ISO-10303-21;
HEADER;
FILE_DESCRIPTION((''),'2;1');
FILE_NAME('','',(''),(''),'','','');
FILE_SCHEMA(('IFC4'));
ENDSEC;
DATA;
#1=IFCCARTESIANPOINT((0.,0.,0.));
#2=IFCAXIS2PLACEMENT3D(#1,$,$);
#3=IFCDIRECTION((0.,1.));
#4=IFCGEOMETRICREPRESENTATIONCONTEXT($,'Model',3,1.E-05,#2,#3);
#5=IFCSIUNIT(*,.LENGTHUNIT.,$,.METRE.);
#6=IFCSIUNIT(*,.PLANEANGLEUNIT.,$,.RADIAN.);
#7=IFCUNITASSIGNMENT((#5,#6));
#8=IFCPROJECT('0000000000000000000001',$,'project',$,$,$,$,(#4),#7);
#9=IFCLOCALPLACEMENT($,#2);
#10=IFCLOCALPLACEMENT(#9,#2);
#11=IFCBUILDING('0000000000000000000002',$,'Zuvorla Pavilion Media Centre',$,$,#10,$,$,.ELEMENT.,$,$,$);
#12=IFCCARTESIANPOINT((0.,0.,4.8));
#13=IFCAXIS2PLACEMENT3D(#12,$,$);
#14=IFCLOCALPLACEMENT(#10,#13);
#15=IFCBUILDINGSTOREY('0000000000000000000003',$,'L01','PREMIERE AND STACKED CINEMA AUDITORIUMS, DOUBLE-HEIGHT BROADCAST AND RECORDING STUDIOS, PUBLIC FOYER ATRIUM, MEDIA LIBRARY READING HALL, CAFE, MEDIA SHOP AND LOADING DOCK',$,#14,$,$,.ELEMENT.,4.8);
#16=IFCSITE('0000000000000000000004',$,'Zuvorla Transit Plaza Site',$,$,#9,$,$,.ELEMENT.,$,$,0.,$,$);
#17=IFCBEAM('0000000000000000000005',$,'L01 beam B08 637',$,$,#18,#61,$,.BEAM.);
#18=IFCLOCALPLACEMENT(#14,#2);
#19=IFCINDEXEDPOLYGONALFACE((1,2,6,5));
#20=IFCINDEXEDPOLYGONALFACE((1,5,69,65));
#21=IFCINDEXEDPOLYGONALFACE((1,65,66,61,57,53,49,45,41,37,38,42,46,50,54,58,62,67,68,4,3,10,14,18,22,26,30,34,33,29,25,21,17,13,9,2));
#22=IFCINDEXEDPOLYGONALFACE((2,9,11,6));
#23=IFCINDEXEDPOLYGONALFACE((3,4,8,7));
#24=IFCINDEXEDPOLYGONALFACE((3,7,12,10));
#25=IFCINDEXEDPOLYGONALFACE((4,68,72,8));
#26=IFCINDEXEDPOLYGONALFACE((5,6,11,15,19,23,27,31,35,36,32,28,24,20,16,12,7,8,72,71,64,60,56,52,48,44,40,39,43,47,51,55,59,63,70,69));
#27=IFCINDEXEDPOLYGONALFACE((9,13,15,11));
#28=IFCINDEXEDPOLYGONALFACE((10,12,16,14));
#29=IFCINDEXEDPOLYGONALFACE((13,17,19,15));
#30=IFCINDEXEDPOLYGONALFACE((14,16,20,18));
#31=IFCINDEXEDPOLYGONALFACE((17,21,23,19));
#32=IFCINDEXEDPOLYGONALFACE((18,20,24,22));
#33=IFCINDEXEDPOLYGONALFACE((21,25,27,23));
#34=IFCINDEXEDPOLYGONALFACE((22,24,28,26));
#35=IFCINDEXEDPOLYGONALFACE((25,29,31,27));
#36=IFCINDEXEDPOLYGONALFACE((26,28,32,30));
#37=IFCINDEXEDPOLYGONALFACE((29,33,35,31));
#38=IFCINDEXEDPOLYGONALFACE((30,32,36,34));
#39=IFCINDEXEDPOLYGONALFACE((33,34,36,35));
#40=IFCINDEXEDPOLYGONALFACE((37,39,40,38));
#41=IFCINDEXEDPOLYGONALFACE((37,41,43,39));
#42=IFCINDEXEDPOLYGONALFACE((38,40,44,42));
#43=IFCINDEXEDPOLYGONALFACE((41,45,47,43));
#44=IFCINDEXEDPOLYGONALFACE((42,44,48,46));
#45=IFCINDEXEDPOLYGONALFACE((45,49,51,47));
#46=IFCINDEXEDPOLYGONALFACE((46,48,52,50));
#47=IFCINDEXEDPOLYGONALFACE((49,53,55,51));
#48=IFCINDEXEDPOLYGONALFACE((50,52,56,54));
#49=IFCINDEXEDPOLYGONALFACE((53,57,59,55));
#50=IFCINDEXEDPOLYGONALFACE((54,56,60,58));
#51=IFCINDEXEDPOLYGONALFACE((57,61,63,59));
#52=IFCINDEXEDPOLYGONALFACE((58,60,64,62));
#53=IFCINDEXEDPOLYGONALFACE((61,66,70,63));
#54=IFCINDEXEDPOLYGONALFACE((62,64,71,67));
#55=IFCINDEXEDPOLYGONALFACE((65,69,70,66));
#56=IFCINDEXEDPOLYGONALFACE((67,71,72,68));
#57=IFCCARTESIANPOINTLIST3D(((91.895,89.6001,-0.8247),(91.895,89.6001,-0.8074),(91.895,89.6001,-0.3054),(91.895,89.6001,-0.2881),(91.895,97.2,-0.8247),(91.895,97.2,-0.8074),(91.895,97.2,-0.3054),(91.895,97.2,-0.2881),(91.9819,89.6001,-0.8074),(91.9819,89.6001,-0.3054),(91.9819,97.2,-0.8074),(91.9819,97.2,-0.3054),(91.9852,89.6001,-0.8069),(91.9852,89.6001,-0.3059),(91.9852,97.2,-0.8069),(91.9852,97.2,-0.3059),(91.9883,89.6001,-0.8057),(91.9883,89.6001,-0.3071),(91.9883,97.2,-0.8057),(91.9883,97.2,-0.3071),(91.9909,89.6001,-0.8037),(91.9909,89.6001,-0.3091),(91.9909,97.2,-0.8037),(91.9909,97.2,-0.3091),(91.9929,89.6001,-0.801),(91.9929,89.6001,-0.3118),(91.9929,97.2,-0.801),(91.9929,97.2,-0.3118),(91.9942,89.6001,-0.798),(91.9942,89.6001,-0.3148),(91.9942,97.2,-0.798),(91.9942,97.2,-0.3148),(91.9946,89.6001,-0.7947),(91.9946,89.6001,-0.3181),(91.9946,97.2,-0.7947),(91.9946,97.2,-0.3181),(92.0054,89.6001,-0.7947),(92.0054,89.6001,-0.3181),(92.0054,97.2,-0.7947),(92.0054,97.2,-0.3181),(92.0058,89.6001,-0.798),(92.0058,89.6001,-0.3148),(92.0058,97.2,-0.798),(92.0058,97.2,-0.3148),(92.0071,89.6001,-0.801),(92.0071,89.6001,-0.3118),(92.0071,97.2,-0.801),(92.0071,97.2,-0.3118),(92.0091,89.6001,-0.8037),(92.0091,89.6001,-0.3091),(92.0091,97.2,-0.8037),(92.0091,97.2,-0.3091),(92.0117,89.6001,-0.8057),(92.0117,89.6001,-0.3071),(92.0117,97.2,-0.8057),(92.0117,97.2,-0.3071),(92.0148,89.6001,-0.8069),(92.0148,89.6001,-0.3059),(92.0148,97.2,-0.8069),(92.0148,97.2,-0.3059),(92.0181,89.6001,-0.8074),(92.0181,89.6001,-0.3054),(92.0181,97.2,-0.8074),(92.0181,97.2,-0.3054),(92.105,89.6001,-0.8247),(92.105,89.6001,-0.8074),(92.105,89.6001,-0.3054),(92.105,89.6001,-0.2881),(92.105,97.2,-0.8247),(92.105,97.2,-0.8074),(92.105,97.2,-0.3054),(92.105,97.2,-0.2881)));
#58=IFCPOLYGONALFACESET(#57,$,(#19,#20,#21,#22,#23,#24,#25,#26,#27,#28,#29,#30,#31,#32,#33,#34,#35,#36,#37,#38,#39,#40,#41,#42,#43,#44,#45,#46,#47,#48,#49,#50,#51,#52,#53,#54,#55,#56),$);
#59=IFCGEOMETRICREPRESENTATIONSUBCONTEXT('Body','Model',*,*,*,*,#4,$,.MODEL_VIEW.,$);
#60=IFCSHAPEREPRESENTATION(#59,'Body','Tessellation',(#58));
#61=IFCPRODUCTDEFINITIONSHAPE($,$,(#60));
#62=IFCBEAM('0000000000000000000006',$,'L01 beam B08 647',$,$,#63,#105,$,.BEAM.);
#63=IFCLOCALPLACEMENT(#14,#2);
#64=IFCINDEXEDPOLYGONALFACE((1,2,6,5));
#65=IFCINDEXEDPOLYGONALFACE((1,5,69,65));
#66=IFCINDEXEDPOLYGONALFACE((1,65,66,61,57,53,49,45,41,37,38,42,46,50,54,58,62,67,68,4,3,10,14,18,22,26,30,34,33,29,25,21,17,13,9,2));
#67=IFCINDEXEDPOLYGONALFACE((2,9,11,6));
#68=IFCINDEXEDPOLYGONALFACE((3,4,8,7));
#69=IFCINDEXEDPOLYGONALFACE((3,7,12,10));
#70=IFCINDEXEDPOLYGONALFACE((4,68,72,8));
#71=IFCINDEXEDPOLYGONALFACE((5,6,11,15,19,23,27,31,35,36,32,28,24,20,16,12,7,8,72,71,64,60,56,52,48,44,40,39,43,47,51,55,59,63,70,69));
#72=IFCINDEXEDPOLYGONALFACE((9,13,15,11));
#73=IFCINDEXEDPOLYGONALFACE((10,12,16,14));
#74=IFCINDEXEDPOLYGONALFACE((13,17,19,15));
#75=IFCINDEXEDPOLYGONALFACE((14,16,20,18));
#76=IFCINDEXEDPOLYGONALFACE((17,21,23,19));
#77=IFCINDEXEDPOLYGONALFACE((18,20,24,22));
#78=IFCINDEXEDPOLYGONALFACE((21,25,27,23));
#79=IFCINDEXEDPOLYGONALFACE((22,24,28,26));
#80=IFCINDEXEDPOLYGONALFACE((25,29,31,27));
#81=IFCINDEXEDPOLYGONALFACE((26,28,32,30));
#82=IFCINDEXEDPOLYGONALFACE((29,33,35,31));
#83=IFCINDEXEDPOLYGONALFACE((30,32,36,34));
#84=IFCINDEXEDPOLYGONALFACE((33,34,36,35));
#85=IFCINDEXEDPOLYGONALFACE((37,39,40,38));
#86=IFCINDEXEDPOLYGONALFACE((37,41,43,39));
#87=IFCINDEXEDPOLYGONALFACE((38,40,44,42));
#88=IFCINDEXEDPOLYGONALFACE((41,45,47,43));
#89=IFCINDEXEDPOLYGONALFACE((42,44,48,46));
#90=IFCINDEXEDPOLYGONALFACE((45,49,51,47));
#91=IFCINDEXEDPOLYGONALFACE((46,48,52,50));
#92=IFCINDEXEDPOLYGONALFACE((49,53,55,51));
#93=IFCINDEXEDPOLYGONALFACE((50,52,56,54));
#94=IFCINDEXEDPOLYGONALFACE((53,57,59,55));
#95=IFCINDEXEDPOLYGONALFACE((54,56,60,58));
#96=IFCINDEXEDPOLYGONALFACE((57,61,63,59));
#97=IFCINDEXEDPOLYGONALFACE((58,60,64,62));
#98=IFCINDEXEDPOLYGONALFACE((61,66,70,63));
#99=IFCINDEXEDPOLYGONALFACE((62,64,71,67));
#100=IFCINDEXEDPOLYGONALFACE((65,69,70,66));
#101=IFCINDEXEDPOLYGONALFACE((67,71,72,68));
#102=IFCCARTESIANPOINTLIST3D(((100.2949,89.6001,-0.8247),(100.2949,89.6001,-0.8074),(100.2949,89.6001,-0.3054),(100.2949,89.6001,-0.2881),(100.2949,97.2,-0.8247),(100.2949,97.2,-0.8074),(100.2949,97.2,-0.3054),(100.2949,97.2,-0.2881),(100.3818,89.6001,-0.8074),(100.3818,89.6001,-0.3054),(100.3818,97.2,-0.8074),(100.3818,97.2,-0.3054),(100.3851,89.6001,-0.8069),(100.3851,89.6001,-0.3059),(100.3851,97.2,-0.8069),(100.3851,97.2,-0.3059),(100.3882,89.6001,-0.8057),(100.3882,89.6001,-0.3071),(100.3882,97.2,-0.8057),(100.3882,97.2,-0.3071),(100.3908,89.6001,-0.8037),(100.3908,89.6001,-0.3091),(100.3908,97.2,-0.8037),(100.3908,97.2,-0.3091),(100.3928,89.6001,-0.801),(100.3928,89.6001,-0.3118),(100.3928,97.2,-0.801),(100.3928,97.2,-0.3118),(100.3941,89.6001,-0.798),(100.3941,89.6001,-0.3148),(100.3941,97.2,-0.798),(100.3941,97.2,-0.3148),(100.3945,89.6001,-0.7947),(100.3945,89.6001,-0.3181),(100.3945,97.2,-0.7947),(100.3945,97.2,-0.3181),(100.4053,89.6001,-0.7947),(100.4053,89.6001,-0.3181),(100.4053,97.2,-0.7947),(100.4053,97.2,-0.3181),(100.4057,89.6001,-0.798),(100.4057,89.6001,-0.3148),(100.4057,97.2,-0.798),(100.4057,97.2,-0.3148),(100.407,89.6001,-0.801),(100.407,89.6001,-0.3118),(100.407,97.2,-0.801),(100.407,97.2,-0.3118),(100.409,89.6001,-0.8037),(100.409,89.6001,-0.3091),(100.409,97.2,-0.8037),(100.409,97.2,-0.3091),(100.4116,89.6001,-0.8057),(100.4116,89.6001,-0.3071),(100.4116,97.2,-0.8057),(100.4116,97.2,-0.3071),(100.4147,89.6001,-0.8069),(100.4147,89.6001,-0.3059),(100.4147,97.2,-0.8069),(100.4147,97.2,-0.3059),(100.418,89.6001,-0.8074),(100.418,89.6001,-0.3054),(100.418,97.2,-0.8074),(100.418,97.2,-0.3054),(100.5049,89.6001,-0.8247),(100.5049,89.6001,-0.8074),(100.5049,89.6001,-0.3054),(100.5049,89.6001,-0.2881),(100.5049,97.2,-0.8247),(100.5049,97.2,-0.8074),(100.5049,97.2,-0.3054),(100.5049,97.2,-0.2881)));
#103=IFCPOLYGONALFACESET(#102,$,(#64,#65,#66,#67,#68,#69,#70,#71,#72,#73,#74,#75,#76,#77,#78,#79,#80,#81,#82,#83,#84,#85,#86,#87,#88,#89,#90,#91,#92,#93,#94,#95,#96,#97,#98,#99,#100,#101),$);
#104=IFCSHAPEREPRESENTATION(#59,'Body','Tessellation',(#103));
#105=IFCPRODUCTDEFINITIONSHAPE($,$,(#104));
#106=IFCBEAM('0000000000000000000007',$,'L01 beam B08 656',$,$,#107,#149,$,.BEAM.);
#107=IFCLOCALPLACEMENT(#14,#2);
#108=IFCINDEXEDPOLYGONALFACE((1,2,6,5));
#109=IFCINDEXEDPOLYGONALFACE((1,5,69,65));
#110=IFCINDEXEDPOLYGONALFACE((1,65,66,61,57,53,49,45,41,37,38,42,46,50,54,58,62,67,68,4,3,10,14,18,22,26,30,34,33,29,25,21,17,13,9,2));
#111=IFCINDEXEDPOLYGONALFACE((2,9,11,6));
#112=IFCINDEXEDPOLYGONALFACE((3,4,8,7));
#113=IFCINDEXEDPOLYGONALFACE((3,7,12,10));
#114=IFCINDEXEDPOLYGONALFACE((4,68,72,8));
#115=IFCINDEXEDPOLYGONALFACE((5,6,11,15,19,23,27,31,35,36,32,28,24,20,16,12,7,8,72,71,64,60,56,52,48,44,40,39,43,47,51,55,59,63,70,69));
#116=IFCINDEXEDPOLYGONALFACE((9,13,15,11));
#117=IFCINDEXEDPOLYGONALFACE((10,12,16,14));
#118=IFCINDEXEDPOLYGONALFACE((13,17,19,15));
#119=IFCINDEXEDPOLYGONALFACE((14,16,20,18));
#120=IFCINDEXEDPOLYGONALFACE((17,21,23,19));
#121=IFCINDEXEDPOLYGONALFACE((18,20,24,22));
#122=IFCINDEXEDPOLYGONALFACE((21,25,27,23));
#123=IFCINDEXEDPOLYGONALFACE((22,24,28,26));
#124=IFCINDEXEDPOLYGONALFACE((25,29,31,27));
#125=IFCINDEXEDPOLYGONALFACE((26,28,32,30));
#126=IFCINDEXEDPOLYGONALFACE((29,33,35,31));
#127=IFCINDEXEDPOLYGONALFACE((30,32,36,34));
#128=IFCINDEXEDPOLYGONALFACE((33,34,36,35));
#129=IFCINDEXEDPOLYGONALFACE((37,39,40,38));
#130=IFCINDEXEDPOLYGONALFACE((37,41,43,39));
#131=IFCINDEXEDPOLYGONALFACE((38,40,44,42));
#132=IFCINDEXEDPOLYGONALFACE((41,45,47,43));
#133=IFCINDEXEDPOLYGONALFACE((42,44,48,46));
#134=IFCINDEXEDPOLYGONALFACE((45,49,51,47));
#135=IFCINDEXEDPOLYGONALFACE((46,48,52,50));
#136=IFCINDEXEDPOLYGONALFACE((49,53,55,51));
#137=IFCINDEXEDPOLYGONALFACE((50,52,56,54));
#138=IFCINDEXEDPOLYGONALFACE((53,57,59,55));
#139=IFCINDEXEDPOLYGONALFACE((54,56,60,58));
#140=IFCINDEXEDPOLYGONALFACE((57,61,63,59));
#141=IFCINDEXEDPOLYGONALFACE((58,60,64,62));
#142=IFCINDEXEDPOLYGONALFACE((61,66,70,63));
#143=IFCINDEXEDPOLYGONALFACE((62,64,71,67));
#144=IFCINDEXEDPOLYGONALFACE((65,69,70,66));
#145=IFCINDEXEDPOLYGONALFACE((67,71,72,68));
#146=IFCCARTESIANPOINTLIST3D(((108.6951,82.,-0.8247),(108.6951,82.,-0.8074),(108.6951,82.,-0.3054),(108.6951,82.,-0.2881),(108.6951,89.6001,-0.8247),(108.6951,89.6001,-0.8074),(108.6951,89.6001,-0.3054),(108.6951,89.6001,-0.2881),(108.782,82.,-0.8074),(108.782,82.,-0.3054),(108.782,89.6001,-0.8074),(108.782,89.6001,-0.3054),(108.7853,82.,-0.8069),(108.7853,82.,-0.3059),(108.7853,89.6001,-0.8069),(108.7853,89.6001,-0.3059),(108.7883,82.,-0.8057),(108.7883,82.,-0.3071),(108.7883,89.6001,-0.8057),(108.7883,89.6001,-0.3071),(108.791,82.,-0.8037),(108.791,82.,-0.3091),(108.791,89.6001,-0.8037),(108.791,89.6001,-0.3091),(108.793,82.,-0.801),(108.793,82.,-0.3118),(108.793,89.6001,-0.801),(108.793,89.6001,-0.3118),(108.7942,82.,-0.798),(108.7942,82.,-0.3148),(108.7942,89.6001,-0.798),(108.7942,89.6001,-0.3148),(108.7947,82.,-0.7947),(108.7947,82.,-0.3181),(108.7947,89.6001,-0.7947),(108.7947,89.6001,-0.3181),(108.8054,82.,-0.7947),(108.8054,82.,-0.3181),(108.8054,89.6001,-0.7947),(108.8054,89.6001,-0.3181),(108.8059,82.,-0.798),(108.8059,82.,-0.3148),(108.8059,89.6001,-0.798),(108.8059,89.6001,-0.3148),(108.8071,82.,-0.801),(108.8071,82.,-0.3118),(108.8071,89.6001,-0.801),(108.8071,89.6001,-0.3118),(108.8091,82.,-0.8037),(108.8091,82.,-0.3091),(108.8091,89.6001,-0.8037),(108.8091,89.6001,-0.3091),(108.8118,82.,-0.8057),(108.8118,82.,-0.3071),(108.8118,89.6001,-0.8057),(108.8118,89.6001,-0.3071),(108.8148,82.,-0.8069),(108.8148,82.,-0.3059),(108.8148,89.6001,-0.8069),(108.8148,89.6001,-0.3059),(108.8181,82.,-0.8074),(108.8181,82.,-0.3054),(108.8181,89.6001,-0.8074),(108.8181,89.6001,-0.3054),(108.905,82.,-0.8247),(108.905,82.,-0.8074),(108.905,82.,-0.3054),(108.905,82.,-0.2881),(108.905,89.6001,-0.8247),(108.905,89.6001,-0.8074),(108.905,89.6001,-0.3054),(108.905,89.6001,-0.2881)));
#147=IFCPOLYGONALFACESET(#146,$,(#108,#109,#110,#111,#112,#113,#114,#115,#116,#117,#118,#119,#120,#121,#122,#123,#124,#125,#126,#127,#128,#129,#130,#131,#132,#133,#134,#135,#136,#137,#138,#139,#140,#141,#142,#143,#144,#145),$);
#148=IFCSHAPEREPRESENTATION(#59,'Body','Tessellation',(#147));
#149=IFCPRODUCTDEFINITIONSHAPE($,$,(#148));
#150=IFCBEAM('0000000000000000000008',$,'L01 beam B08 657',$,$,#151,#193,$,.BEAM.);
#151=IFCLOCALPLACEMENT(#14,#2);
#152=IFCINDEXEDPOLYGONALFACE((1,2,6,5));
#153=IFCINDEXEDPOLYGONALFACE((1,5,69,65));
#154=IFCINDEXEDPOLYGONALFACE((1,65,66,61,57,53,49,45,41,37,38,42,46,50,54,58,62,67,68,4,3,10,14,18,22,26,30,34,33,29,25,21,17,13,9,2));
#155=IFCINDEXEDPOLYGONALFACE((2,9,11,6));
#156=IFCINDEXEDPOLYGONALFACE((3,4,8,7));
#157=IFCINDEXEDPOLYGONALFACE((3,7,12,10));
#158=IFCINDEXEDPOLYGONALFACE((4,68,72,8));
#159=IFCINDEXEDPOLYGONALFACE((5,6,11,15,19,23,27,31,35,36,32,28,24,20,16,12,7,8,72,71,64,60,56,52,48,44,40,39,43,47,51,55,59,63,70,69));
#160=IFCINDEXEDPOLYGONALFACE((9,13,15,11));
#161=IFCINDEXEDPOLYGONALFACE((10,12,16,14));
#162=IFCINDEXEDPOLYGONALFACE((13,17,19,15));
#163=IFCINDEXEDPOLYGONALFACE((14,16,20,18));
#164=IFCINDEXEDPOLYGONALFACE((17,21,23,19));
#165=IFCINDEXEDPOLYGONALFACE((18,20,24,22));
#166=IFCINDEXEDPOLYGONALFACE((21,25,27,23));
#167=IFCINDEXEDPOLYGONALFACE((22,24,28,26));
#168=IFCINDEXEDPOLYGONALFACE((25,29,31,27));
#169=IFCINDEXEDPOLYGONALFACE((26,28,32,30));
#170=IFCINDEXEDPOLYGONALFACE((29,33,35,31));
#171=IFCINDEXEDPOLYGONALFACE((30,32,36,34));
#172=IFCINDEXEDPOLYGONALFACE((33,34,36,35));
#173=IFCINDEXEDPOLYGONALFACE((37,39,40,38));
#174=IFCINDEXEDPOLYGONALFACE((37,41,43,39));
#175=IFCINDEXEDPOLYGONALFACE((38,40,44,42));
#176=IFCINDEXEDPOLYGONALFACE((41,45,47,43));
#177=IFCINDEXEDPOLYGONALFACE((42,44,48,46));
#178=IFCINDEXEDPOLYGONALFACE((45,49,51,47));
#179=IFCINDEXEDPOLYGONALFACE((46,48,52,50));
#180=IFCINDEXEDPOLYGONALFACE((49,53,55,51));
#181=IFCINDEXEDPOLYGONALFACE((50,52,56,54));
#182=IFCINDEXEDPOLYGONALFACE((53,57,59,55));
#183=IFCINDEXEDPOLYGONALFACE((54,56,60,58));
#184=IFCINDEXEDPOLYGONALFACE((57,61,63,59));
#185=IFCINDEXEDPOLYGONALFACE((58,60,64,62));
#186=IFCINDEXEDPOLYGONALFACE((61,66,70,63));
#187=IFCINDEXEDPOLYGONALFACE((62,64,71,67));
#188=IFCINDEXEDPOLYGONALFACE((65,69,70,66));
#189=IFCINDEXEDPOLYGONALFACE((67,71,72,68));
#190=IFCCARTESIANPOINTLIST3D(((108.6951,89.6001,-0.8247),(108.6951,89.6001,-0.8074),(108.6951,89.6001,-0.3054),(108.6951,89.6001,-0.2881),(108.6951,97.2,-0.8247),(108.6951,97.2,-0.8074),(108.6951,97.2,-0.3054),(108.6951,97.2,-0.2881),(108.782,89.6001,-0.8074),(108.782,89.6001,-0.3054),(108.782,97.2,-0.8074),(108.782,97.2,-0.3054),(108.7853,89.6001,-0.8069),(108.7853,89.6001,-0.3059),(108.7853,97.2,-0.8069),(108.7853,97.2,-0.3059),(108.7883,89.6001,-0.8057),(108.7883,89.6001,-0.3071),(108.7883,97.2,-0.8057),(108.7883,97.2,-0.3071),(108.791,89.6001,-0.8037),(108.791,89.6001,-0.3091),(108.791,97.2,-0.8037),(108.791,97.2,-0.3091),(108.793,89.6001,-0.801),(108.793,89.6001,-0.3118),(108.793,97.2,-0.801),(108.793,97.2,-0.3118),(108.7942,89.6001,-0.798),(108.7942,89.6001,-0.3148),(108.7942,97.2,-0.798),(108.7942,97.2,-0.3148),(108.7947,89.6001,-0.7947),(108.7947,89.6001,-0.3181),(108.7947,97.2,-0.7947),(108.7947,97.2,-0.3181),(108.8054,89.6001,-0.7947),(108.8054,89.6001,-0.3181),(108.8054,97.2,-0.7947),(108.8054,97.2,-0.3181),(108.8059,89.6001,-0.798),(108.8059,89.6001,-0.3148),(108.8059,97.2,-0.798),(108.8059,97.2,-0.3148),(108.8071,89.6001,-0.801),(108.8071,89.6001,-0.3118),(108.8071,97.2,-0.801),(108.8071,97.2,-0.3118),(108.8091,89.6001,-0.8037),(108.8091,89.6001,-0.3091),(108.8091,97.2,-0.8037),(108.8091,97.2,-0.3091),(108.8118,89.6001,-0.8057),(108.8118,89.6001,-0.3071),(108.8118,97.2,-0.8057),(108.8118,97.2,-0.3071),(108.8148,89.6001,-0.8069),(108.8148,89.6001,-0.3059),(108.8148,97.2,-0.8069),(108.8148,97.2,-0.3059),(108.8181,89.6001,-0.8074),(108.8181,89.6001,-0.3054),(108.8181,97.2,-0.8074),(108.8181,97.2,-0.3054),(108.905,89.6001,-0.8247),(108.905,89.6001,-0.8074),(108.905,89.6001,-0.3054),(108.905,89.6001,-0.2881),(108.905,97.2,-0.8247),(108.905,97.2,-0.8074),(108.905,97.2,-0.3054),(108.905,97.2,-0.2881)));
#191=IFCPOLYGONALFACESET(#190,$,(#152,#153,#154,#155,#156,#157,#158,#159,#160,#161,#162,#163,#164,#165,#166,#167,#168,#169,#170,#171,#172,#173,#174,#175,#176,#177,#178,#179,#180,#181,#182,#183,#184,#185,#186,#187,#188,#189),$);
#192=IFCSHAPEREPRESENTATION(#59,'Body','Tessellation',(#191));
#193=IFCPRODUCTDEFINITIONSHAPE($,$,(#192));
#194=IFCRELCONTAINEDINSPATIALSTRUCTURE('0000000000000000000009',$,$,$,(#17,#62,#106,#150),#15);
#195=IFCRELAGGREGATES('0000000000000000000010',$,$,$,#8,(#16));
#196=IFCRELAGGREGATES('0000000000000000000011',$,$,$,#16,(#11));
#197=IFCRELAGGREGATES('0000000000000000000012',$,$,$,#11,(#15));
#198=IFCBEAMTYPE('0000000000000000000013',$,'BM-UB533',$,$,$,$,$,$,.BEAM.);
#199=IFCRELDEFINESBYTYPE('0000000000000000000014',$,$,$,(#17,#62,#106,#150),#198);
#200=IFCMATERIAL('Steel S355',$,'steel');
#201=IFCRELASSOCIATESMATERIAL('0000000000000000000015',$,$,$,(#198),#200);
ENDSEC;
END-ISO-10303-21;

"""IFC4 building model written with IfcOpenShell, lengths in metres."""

from ifc_helpers import new_model, si_unit, direction, frame, origin, origin_2d, place, context, subcontext, project, spatial, i_section, extrude, material, material_profile, profile_set, type_object, element, save


model = new_model("IFC4")

# Units and contexts
model_context = context("Model", 3, precision=1e-05, world=origin(), true_north=direction((0.0, 1.0)))
body_context = subcontext(model_context, "Body", "Model", "MODEL_VIEW")
ifc_project = project(units=[si_unit("LENGTHUNIT", "METRE"), si_unit("PLANEANGLEUNIT", "RADIAN")], contexts=[model_context])

# Site, building, storey
site_placement = place(None, origin())
site = spatial("IfcSite", under=ifc_project, at=site_placement, Name="Zuvorla Transit Plaza Site", CompositionType="ELEMENT", RefElevation=0.0)
building_placement = place(site_placement, origin())
building = spatial("IfcBuilding", under=site, at=building_placement, Name="Zuvorla Pavilion Media Centre", CompositionType="ELEMENT")
storey_placement = place(building_placement, frame((0.0, 0.0, 4.8)))
storey = spatial("IfcBuildingStorey", under=building, at=storey_placement, Name="L01", Description="PREMIERE AND STACKED CINEMA AUDITORIUMS, DOUBLE-HEIGHT BROADCAST AND RECORDING STUDIOS, PUBLIC FOYER ATRIUM, MEDIA LIBRARY READING HALL, CAFE, MEDIA SHOP AND LOADING DOCK", CompositionType="ELEMENT", Elevation=4.8)

# Beams
ifc_material_1 = material(Name="Steel S355", Category="steel")
ifc_material_profile_1 = material_profile(ifc_material_1, i_section(OverallWidth=0.21, OverallDepth=0.5366, WebThickness=0.0107, FlangeThickness=0.0173, FilletRadius=0.0127, at=origin_2d()), Name="UB 533x210x101")
ifc_profile_set_1 = profile_set([ifc_material_profile_1], Name="Steel S355")
beam_type_1 = type_object("IfcBeamType", Name="BM-UB533", PredefinedType="BEAM", material=ifc_profile_set_1)
for number, where, z_axis, x_axis, name in (
    (1, (92.0, 89.6001, -0.5564), (0.0, 1.0, 0.0), (-1.0, 0.0, 0.0), "L01 beam B08 637"),
    (2, (100.3999, 89.6001, -0.5564), (0.0, 1.0, 0.0), (-1.0, 0.0, 0.0), "L01 beam B08 647"),
):
    element("IfcBeam", number, at=place(storey_placement, frame(where, z_axis=z_axis, x_axis=x_axis)), inside=storey, type_object=beam_type_1, Name=name, PredefinedType="BEAM", context=body_context, shape_type="SweptSolid", body=[
        extrude(i_section(OverallWidth=0.21, OverallDepth=0.5366, WebThickness=0.0107, FlangeThickness=0.0173, FilletRadius=0.0127, at=origin_2d()), origin(), (0.0, 0.0, 1.0), 7.5999),
    ])
beam_1_placement = place(storey_placement, frame((108.8, 82.0, -0.5564), z_axis=(0.0, 1.0, 0.0), x_axis=(-1.0, 0.0, 0.0)))
element("IfcBeam", 3, at=beam_1_placement, inside=storey, type_object=beam_type_1, Name="L01 beam B08 656", PredefinedType="BEAM", context=body_context, shape_type="SweptSolid", body=[
    extrude(i_section(OverallWidth=0.21, OverallDepth=0.5366, WebThickness=0.0107, FlangeThickness=0.0173, FilletRadius=0.0127, at=origin_2d()), origin(), (0.0, 0.0, 1.0), 7.6001),
])
beam_2_placement = place(storey_placement, frame((108.8, 89.6001, -0.5564), z_axis=(0.0, 1.0, 0.0), x_axis=(-1.0, 0.0, 0.0)))
element("IfcBeam", 4, at=beam_2_placement, inside=storey, type_object=beam_type_1, Name="L01 beam B08 657", PredefinedType="BEAM", context=body_context, shape_type="SweptSolid", body=[
    extrude(i_section(OverallWidth=0.21, OverallDepth=0.5366, WebThickness=0.0107, FlangeThickness=0.0173, FilletRadius=0.0127, at=origin_2d()), origin(), (0.0, 0.0, 1.0), 7.5999),
])

save(model, "model.ifc")
